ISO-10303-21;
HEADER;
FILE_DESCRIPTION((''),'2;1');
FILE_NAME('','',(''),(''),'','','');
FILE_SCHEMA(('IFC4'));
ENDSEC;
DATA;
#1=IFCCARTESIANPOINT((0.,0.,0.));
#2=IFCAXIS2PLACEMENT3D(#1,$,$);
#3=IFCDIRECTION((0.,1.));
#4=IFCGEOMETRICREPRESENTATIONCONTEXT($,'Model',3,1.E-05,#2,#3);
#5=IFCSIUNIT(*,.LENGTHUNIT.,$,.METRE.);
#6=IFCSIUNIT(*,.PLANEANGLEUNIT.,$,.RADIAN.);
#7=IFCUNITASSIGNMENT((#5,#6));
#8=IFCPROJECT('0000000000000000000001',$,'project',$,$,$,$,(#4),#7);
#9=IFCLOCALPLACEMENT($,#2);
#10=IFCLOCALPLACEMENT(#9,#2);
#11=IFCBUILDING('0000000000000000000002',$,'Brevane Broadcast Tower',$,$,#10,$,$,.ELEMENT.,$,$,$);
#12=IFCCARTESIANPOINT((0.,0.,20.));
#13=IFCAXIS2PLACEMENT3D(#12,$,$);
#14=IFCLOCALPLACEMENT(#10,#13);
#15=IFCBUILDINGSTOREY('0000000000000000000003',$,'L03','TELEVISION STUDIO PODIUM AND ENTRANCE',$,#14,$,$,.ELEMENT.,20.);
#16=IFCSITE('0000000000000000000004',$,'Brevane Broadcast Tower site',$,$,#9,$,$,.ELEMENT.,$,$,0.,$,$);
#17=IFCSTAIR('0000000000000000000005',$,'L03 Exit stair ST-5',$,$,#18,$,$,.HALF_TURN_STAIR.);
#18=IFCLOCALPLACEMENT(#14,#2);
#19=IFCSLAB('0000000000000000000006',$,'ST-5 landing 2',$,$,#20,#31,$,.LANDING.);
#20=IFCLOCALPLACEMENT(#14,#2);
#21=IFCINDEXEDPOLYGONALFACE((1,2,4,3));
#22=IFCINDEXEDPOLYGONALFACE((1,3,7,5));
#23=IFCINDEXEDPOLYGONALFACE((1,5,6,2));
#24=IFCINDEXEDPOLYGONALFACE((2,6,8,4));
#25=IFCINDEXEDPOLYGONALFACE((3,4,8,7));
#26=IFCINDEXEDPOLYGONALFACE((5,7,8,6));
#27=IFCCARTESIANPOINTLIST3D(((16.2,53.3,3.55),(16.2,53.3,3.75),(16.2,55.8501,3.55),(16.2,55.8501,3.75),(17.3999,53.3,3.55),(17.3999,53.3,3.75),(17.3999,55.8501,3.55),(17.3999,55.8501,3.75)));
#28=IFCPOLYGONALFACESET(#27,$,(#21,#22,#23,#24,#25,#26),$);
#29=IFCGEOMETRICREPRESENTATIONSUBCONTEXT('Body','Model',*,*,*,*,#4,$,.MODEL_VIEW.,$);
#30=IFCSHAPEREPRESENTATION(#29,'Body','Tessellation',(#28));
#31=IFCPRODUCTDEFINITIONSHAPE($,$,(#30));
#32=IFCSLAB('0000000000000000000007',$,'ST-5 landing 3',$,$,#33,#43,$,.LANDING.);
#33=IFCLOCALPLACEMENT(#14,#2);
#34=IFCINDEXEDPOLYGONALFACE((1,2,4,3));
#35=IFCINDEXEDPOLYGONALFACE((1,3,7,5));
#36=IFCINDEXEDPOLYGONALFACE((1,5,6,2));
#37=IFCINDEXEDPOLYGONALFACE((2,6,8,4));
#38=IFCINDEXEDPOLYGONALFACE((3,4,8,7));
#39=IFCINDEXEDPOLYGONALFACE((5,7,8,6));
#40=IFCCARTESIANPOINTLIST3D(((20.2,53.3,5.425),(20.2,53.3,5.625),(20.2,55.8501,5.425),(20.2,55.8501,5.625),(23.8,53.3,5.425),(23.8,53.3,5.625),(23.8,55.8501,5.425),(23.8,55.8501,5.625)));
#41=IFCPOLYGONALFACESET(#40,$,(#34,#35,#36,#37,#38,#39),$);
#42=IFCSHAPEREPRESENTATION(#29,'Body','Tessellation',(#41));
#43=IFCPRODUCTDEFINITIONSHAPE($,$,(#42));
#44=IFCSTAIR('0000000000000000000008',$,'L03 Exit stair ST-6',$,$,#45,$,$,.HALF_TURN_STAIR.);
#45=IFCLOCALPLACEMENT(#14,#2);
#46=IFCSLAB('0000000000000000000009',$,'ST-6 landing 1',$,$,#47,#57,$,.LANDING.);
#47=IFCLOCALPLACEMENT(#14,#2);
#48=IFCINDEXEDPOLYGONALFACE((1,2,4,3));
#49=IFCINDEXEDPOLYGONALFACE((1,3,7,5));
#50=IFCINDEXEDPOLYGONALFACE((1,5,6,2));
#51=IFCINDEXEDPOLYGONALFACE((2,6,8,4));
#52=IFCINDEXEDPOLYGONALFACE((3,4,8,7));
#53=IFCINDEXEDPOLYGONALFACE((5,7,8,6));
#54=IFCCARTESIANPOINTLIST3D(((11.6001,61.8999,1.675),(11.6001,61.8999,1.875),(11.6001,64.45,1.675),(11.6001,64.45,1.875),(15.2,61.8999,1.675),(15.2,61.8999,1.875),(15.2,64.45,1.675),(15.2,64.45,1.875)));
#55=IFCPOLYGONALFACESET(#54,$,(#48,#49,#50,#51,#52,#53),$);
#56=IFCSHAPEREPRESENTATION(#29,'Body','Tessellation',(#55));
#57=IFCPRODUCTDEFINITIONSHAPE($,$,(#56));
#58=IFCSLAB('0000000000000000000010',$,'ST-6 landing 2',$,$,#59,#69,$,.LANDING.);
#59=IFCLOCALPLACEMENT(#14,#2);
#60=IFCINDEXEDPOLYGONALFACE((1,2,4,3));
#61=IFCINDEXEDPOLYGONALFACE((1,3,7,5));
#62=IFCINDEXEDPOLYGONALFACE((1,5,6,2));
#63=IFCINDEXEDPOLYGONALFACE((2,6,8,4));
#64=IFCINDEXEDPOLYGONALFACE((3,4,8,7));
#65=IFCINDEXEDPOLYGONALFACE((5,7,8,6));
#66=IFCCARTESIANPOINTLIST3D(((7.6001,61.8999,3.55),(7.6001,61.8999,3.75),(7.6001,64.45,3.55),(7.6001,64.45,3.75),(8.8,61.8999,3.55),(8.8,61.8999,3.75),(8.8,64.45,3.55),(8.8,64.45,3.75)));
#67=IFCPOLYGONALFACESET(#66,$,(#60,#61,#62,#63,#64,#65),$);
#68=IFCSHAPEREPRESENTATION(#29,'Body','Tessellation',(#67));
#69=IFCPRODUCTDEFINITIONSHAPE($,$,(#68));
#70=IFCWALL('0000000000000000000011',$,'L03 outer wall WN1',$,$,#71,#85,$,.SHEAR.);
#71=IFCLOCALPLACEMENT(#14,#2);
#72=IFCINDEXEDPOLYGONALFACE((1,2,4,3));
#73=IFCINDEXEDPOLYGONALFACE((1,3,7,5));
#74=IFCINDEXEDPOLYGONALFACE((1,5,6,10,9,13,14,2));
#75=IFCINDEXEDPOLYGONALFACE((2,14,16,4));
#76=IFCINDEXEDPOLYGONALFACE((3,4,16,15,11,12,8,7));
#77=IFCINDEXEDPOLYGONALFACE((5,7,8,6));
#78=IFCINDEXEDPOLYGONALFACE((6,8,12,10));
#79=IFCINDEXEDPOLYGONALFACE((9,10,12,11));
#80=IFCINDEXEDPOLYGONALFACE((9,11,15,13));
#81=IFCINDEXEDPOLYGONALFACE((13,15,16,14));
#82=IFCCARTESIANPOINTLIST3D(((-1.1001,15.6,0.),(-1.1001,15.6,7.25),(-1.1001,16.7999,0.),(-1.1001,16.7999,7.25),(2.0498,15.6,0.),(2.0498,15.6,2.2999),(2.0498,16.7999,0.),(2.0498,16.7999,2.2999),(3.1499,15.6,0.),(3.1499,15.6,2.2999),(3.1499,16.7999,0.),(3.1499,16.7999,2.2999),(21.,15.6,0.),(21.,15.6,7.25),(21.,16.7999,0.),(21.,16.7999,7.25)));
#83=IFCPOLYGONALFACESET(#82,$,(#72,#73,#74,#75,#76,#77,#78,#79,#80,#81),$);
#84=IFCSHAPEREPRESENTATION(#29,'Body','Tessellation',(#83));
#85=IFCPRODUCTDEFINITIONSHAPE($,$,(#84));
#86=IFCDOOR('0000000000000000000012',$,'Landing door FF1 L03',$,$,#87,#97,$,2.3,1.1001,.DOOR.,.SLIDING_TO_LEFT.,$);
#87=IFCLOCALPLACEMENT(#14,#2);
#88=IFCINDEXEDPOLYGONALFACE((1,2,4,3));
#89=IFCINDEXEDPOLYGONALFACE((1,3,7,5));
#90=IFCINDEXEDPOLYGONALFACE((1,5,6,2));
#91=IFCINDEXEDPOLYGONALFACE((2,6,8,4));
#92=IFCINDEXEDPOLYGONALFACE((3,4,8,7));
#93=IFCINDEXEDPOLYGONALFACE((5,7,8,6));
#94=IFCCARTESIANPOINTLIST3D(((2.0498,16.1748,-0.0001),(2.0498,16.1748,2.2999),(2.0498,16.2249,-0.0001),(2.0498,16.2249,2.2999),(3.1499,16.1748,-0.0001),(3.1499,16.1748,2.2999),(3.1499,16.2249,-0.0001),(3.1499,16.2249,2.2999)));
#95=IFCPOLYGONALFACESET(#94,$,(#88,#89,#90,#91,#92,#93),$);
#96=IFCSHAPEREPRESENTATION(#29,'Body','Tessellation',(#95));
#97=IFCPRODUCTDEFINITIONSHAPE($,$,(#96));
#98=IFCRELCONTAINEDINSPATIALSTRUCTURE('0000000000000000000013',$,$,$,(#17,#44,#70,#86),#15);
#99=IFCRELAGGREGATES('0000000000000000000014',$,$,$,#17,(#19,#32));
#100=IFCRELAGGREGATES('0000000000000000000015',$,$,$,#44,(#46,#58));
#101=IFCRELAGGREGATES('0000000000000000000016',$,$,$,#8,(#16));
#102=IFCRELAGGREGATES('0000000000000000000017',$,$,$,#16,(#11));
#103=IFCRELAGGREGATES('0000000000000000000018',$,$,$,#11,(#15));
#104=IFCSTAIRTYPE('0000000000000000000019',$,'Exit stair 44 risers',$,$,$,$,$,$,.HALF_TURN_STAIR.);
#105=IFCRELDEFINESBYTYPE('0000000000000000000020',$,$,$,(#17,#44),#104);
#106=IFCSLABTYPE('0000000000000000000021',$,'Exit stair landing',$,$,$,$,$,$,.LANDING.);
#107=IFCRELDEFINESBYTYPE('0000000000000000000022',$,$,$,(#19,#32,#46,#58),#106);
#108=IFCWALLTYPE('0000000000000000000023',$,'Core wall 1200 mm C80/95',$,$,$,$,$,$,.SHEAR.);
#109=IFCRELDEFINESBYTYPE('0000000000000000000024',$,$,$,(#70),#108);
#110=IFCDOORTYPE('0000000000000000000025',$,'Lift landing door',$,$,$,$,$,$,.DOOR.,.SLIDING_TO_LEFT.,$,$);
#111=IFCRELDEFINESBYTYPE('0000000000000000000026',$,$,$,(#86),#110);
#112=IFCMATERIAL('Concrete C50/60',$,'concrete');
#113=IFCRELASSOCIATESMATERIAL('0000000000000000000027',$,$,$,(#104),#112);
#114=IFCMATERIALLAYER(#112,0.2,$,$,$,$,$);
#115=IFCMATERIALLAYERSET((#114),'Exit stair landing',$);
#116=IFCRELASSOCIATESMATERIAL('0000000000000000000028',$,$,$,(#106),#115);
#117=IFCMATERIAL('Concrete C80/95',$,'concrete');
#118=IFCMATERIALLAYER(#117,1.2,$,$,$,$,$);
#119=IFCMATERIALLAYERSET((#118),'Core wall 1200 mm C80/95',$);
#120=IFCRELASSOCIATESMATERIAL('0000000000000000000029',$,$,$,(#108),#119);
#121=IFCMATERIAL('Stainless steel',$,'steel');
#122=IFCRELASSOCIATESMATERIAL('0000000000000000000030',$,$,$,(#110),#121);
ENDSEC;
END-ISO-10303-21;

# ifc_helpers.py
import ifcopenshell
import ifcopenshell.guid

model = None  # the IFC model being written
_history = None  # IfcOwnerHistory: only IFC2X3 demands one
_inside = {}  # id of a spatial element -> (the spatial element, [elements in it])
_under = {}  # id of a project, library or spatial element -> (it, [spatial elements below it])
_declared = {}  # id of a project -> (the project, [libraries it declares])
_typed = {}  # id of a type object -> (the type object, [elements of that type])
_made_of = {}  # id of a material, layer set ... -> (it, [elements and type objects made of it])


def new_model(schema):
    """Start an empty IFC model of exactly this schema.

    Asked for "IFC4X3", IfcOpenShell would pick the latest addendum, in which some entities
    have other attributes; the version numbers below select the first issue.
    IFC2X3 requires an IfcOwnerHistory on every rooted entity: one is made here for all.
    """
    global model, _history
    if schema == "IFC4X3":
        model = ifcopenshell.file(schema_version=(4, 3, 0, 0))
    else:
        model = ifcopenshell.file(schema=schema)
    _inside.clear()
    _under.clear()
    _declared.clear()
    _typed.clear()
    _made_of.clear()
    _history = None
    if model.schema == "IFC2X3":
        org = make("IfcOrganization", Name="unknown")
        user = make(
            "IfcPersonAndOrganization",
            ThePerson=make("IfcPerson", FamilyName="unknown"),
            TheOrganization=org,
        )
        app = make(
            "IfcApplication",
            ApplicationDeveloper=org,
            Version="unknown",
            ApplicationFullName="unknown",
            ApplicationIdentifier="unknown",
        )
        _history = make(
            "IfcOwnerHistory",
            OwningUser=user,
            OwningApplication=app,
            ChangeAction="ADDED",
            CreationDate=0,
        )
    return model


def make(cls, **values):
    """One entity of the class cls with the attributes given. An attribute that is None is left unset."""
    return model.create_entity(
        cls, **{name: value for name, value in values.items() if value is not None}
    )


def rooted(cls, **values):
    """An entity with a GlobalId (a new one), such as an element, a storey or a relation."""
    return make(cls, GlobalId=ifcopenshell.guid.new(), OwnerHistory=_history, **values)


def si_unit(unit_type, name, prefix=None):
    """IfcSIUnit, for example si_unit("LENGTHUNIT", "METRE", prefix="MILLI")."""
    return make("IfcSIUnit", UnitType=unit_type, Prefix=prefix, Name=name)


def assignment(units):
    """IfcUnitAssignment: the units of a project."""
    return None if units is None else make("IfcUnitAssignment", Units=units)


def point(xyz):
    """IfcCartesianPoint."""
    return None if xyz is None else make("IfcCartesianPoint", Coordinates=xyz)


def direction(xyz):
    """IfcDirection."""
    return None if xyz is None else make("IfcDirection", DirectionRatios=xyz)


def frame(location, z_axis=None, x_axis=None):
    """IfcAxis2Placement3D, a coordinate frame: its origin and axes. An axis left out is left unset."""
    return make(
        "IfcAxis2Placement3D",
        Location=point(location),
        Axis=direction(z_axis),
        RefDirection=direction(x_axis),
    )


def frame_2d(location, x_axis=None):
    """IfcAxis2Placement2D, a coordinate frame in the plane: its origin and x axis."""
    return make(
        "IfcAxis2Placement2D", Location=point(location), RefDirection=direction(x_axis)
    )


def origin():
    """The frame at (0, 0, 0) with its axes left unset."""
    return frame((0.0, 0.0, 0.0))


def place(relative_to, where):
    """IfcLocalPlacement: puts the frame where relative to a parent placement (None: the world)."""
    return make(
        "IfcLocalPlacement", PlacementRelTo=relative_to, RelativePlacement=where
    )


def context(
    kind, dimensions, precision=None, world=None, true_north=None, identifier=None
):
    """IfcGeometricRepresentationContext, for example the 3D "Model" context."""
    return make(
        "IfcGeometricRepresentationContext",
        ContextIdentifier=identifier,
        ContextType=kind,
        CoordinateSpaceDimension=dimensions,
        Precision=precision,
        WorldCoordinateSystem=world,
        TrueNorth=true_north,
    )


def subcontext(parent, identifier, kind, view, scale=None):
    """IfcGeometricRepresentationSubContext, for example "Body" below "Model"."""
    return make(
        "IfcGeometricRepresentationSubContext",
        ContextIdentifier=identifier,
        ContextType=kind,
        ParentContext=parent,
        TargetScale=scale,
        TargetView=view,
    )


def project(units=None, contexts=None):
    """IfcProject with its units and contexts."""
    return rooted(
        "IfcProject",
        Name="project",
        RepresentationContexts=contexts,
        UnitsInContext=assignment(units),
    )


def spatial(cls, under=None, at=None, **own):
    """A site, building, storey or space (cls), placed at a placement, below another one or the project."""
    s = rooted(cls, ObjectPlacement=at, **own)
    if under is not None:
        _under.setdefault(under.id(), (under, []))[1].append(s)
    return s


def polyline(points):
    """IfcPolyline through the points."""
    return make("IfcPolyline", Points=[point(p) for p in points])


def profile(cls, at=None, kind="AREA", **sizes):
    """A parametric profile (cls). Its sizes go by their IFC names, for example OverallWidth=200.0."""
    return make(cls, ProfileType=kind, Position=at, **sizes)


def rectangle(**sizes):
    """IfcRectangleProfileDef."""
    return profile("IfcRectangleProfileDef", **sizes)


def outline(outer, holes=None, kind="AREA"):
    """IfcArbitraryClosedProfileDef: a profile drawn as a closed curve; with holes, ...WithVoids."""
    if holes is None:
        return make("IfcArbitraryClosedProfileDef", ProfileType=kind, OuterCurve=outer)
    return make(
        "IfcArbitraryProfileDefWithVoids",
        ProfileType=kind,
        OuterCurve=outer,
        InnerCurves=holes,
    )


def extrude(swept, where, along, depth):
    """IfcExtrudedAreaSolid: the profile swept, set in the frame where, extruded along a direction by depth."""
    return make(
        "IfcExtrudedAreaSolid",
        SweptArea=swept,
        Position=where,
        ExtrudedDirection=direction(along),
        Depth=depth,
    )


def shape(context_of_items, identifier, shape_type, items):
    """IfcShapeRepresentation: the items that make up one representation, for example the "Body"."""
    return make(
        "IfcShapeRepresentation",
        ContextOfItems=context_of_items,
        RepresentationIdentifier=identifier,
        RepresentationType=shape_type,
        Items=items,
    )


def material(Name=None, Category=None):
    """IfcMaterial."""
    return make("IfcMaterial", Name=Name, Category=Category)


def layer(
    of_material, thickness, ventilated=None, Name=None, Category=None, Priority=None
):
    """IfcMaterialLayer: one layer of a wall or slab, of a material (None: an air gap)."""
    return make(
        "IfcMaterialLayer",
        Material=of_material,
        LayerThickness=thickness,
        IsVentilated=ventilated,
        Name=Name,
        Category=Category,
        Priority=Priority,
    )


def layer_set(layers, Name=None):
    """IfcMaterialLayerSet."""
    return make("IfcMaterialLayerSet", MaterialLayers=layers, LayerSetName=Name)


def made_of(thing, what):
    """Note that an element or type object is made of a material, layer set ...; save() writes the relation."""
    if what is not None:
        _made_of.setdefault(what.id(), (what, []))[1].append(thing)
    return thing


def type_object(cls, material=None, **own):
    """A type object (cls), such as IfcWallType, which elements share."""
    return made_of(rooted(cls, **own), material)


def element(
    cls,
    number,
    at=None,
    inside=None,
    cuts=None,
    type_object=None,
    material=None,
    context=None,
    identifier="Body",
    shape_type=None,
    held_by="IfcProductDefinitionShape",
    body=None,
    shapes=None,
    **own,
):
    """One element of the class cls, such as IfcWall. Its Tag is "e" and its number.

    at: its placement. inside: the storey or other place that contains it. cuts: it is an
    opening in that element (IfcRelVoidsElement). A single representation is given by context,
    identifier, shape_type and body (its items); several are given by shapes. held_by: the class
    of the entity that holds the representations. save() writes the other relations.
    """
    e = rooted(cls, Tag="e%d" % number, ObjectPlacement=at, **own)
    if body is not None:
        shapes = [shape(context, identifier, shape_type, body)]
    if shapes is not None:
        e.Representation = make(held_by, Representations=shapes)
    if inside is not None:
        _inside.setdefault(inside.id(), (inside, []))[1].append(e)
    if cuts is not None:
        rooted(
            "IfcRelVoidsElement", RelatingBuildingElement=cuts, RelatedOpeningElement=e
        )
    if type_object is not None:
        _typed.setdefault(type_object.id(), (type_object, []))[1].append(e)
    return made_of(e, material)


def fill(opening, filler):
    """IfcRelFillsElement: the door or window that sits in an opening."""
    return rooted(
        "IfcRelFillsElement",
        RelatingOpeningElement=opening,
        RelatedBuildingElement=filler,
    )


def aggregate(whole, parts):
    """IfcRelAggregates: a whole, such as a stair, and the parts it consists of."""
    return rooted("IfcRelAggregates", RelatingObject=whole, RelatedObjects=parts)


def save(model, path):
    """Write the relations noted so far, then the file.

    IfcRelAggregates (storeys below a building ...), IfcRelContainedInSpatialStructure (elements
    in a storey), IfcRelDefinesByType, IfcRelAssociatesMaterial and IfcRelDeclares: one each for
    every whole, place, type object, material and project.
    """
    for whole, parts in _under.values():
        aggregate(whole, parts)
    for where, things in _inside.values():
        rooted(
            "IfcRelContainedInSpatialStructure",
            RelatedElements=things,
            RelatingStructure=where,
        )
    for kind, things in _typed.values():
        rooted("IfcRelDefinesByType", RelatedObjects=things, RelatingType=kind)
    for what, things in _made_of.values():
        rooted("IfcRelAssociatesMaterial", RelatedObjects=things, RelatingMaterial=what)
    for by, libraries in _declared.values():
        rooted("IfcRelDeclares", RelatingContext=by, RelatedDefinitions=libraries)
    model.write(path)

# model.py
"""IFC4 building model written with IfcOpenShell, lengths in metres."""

from ifc_helpers import new_model, si_unit, direction, frame, frame_2d, origin, place, context, subcontext, project, spatial, polyline, rectangle, outline, extrude, material, layer, layer_set, type_object, element, fill, aggregate, save


model = new_model("IFC4")

# Units and contexts
model_context = context("Model", 3, precision=1e-05, world=origin(), true_north=direction((0.0, 1.0)))
body_context = subcontext(model_context, "Body", "Model", "MODEL_VIEW")
ifc_project = project(units=[si_unit("LENGTHUNIT", "METRE"), si_unit("PLANEANGLEUNIT", "RADIAN")], contexts=[model_context])

# Site, building, storey
site_placement = place(None, origin())
site = spatial("IfcSite", under=ifc_project, at=site_placement, Name="Brevane Broadcast Tower site", CompositionType="ELEMENT", RefElevation=0.0)
building_placement = place(site_placement, origin())
building = spatial("IfcBuilding", under=site, at=building_placement, Name="Brevane Broadcast Tower", CompositionType="ELEMENT")
storey_placement = place(building_placement, frame((0.0, 0.0, 20.0)))
storey = spatial("IfcBuildingStorey", under=building, at=storey_placement, Name="L03", Description="TELEVISION STUDIO PODIUM AND ENTRANCE", CompositionType="ELEMENT", Elevation=20.0)

# Stairs, slabs
ifc_material_1 = material(Name="Concrete C50/60", Category="concrete")
stair_type = type_object("IfcStairType", Name="Exit stair 44 risers", PredefinedType="HALF_TURN_STAIR", material=ifc_material_1)
ifc_layer_1 = layer(ifc_material_1, 0.2)
ifc_layer_set_1 = layer_set([ifc_layer_1], Name="Exit stair landing")
slab_type = type_object("IfcSlabType", Name="Exit stair landing", PredefinedType="LANDING", material=ifc_layer_set_1)
stair_1_placement = place(storey_placement, origin())
stair_1 = element("IfcStair", 1, at=stair_1_placement, inside=storey, type_object=stair_type, Name="L03 Exit stair ST-5", PredefinedType="HALF_TURN_STAIR")
slab_1_placement = place(storey_placement, frame((0.0, 0.0, 3.55)))
slab_1 = element("IfcSlab", 2, at=slab_1_placement, type_object=slab_type, Name="ST-5 landing 2", PredefinedType="LANDING", context=body_context, shape_type="SweptSolid", body=[
    extrude(outline(polyline([(16.2, 53.3), (17.3999, 53.3), (17.3999, 55.8501), (16.2, 55.8501), (16.2, 53.3)])), origin(), (0.0, 0.0, 1.0), 0.2),
])
slab_2_placement = place(storey_placement, frame((0.0, 0.0, 5.425)))
slab_2 = element("IfcSlab", 3, at=slab_2_placement, type_object=slab_type, Name="ST-5 landing 3", PredefinedType="LANDING", context=body_context, shape_type="SweptSolid", body=[
    extrude(outline(polyline([(20.2, 53.3), (23.8, 53.3), (23.8, 55.8501), (20.2, 55.8501), (20.2, 53.3)])), origin(), (0.0, 0.0, 1.0), 0.2),
])
aggregate(stair_1, [slab_1, slab_2])
stair_2_placement = place(storey_placement, origin())
stair_2 = element("IfcStair", 4, at=stair_2_placement, inside=storey, type_object=stair_type, Name="L03 Exit stair ST-6", PredefinedType="HALF_TURN_STAIR")
slab_3_placement = place(storey_placement, frame((0.0, 0.0, 1.675)))
slab_3 = element("IfcSlab", 5, at=slab_3_placement, type_object=slab_type, Name="ST-6 landing 1", PredefinedType="LANDING", context=body_context, shape_type="SweptSolid", body=[
    extrude(outline(polyline([(11.6001, 61.8999), (15.2, 61.8999), (15.2, 64.45), (11.6001, 64.45), (11.6001, 61.8999)])), origin(), (0.0, 0.0, 1.0), 0.2),
])
slab_4_placement = place(storey_placement, frame((0.0, 0.0, 3.55)))
slab_4 = element("IfcSlab", 6, at=slab_4_placement, type_object=slab_type, Name="ST-6 landing 2", PredefinedType="LANDING", context=body_context, shape_type="SweptSolid", body=[
    extrude(outline(polyline([(7.6001, 61.8999), (8.8, 61.8999), (8.8, 64.45), (7.6001, 64.45), (7.6001, 61.8999)])), origin(), (0.0, 0.0, 1.0), 0.2),
])
aggregate(stair_2, [slab_3, slab_4])

# Wall, opening, door
ifc_material_2 = material(Name="Concrete C80/95", Category="concrete")
ifc_layer_2 = layer(ifc_material_2, 1.2)
ifc_layer_set_2 = layer_set([ifc_layer_2], Name="Core wall 1200 mm C80/95")
wall_type = type_object("IfcWallType", Name="Core wall 1200 mm C80/95", PredefinedType="SHEAR", material=ifc_layer_set_2)
wall_placement = place(storey_placement, frame((-1.1001, 16.2, 0.0), z_axis=(0.0, 0.0, 1.0), x_axis=(1.0, 0.0, 0.0)))
wall = element("IfcWall", 7, at=wall_placement, inside=storey, type_object=wall_type, Name="L03 outer wall WN1", PredefinedType="SHEAR", context=body_context, shape_type="SweptSolid", body=[
    extrude(rectangle(XDim=22.1001, YDim=1.2, at=frame_2d((11.05, 0.0))), origin(), (0.0, 0.0, 1.0), 7.25),
])
opening_placement = place(wall_placement, frame((3.1499, 0.0, 0.0)))
opening = element("IfcOpeningElement", 8, at=opening_placement, cuts=wall, PredefinedType="OPENING", context=body_context, shape_type="SweptSolid", body=[
    extrude(rectangle(XDim=1.1001, YDim=2.3, at=frame_2d((0.55, 1.1499))), frame((0.0, 0.6099, 0.0), z_axis=(0.0, -1.0, 0.0), x_axis=(1.0, 0.0, 0.0)), (0.0, 0.0, 1.0), 1.22),
])
ifc_material_3 = material(Name="Stainless steel", Category="steel")
door_type = type_object("IfcDoorType", Name="Lift landing door", OperationType="SLIDING_TO_LEFT", PredefinedType="DOOR", material=ifc_material_3)
door_placement = place(opening_placement, origin())
door = element("IfcDoor", 9, at=door_placement, inside=storey, type_object=door_type, Name="Landing door FF1 L03", OperationType="SLIDING_TO_LEFT", OverallHeight=2.3, OverallWidth=1.1001, PredefinedType="DOOR", context=body_context, shape_type="SweptSolid", body=[
    extrude(rectangle(XDim=1.1001, YDim=2.3, at=frame_2d((0.55, 1.1499))), frame((0.0, 0.0249, 0.0), z_axis=(0.0, -1.0, 0.0), x_axis=(1.0, 0.0, 0.0)), (0.0, 0.0, 1.0), 0.05),
])
fill(opening, door)

save(model, "model.ifc")
